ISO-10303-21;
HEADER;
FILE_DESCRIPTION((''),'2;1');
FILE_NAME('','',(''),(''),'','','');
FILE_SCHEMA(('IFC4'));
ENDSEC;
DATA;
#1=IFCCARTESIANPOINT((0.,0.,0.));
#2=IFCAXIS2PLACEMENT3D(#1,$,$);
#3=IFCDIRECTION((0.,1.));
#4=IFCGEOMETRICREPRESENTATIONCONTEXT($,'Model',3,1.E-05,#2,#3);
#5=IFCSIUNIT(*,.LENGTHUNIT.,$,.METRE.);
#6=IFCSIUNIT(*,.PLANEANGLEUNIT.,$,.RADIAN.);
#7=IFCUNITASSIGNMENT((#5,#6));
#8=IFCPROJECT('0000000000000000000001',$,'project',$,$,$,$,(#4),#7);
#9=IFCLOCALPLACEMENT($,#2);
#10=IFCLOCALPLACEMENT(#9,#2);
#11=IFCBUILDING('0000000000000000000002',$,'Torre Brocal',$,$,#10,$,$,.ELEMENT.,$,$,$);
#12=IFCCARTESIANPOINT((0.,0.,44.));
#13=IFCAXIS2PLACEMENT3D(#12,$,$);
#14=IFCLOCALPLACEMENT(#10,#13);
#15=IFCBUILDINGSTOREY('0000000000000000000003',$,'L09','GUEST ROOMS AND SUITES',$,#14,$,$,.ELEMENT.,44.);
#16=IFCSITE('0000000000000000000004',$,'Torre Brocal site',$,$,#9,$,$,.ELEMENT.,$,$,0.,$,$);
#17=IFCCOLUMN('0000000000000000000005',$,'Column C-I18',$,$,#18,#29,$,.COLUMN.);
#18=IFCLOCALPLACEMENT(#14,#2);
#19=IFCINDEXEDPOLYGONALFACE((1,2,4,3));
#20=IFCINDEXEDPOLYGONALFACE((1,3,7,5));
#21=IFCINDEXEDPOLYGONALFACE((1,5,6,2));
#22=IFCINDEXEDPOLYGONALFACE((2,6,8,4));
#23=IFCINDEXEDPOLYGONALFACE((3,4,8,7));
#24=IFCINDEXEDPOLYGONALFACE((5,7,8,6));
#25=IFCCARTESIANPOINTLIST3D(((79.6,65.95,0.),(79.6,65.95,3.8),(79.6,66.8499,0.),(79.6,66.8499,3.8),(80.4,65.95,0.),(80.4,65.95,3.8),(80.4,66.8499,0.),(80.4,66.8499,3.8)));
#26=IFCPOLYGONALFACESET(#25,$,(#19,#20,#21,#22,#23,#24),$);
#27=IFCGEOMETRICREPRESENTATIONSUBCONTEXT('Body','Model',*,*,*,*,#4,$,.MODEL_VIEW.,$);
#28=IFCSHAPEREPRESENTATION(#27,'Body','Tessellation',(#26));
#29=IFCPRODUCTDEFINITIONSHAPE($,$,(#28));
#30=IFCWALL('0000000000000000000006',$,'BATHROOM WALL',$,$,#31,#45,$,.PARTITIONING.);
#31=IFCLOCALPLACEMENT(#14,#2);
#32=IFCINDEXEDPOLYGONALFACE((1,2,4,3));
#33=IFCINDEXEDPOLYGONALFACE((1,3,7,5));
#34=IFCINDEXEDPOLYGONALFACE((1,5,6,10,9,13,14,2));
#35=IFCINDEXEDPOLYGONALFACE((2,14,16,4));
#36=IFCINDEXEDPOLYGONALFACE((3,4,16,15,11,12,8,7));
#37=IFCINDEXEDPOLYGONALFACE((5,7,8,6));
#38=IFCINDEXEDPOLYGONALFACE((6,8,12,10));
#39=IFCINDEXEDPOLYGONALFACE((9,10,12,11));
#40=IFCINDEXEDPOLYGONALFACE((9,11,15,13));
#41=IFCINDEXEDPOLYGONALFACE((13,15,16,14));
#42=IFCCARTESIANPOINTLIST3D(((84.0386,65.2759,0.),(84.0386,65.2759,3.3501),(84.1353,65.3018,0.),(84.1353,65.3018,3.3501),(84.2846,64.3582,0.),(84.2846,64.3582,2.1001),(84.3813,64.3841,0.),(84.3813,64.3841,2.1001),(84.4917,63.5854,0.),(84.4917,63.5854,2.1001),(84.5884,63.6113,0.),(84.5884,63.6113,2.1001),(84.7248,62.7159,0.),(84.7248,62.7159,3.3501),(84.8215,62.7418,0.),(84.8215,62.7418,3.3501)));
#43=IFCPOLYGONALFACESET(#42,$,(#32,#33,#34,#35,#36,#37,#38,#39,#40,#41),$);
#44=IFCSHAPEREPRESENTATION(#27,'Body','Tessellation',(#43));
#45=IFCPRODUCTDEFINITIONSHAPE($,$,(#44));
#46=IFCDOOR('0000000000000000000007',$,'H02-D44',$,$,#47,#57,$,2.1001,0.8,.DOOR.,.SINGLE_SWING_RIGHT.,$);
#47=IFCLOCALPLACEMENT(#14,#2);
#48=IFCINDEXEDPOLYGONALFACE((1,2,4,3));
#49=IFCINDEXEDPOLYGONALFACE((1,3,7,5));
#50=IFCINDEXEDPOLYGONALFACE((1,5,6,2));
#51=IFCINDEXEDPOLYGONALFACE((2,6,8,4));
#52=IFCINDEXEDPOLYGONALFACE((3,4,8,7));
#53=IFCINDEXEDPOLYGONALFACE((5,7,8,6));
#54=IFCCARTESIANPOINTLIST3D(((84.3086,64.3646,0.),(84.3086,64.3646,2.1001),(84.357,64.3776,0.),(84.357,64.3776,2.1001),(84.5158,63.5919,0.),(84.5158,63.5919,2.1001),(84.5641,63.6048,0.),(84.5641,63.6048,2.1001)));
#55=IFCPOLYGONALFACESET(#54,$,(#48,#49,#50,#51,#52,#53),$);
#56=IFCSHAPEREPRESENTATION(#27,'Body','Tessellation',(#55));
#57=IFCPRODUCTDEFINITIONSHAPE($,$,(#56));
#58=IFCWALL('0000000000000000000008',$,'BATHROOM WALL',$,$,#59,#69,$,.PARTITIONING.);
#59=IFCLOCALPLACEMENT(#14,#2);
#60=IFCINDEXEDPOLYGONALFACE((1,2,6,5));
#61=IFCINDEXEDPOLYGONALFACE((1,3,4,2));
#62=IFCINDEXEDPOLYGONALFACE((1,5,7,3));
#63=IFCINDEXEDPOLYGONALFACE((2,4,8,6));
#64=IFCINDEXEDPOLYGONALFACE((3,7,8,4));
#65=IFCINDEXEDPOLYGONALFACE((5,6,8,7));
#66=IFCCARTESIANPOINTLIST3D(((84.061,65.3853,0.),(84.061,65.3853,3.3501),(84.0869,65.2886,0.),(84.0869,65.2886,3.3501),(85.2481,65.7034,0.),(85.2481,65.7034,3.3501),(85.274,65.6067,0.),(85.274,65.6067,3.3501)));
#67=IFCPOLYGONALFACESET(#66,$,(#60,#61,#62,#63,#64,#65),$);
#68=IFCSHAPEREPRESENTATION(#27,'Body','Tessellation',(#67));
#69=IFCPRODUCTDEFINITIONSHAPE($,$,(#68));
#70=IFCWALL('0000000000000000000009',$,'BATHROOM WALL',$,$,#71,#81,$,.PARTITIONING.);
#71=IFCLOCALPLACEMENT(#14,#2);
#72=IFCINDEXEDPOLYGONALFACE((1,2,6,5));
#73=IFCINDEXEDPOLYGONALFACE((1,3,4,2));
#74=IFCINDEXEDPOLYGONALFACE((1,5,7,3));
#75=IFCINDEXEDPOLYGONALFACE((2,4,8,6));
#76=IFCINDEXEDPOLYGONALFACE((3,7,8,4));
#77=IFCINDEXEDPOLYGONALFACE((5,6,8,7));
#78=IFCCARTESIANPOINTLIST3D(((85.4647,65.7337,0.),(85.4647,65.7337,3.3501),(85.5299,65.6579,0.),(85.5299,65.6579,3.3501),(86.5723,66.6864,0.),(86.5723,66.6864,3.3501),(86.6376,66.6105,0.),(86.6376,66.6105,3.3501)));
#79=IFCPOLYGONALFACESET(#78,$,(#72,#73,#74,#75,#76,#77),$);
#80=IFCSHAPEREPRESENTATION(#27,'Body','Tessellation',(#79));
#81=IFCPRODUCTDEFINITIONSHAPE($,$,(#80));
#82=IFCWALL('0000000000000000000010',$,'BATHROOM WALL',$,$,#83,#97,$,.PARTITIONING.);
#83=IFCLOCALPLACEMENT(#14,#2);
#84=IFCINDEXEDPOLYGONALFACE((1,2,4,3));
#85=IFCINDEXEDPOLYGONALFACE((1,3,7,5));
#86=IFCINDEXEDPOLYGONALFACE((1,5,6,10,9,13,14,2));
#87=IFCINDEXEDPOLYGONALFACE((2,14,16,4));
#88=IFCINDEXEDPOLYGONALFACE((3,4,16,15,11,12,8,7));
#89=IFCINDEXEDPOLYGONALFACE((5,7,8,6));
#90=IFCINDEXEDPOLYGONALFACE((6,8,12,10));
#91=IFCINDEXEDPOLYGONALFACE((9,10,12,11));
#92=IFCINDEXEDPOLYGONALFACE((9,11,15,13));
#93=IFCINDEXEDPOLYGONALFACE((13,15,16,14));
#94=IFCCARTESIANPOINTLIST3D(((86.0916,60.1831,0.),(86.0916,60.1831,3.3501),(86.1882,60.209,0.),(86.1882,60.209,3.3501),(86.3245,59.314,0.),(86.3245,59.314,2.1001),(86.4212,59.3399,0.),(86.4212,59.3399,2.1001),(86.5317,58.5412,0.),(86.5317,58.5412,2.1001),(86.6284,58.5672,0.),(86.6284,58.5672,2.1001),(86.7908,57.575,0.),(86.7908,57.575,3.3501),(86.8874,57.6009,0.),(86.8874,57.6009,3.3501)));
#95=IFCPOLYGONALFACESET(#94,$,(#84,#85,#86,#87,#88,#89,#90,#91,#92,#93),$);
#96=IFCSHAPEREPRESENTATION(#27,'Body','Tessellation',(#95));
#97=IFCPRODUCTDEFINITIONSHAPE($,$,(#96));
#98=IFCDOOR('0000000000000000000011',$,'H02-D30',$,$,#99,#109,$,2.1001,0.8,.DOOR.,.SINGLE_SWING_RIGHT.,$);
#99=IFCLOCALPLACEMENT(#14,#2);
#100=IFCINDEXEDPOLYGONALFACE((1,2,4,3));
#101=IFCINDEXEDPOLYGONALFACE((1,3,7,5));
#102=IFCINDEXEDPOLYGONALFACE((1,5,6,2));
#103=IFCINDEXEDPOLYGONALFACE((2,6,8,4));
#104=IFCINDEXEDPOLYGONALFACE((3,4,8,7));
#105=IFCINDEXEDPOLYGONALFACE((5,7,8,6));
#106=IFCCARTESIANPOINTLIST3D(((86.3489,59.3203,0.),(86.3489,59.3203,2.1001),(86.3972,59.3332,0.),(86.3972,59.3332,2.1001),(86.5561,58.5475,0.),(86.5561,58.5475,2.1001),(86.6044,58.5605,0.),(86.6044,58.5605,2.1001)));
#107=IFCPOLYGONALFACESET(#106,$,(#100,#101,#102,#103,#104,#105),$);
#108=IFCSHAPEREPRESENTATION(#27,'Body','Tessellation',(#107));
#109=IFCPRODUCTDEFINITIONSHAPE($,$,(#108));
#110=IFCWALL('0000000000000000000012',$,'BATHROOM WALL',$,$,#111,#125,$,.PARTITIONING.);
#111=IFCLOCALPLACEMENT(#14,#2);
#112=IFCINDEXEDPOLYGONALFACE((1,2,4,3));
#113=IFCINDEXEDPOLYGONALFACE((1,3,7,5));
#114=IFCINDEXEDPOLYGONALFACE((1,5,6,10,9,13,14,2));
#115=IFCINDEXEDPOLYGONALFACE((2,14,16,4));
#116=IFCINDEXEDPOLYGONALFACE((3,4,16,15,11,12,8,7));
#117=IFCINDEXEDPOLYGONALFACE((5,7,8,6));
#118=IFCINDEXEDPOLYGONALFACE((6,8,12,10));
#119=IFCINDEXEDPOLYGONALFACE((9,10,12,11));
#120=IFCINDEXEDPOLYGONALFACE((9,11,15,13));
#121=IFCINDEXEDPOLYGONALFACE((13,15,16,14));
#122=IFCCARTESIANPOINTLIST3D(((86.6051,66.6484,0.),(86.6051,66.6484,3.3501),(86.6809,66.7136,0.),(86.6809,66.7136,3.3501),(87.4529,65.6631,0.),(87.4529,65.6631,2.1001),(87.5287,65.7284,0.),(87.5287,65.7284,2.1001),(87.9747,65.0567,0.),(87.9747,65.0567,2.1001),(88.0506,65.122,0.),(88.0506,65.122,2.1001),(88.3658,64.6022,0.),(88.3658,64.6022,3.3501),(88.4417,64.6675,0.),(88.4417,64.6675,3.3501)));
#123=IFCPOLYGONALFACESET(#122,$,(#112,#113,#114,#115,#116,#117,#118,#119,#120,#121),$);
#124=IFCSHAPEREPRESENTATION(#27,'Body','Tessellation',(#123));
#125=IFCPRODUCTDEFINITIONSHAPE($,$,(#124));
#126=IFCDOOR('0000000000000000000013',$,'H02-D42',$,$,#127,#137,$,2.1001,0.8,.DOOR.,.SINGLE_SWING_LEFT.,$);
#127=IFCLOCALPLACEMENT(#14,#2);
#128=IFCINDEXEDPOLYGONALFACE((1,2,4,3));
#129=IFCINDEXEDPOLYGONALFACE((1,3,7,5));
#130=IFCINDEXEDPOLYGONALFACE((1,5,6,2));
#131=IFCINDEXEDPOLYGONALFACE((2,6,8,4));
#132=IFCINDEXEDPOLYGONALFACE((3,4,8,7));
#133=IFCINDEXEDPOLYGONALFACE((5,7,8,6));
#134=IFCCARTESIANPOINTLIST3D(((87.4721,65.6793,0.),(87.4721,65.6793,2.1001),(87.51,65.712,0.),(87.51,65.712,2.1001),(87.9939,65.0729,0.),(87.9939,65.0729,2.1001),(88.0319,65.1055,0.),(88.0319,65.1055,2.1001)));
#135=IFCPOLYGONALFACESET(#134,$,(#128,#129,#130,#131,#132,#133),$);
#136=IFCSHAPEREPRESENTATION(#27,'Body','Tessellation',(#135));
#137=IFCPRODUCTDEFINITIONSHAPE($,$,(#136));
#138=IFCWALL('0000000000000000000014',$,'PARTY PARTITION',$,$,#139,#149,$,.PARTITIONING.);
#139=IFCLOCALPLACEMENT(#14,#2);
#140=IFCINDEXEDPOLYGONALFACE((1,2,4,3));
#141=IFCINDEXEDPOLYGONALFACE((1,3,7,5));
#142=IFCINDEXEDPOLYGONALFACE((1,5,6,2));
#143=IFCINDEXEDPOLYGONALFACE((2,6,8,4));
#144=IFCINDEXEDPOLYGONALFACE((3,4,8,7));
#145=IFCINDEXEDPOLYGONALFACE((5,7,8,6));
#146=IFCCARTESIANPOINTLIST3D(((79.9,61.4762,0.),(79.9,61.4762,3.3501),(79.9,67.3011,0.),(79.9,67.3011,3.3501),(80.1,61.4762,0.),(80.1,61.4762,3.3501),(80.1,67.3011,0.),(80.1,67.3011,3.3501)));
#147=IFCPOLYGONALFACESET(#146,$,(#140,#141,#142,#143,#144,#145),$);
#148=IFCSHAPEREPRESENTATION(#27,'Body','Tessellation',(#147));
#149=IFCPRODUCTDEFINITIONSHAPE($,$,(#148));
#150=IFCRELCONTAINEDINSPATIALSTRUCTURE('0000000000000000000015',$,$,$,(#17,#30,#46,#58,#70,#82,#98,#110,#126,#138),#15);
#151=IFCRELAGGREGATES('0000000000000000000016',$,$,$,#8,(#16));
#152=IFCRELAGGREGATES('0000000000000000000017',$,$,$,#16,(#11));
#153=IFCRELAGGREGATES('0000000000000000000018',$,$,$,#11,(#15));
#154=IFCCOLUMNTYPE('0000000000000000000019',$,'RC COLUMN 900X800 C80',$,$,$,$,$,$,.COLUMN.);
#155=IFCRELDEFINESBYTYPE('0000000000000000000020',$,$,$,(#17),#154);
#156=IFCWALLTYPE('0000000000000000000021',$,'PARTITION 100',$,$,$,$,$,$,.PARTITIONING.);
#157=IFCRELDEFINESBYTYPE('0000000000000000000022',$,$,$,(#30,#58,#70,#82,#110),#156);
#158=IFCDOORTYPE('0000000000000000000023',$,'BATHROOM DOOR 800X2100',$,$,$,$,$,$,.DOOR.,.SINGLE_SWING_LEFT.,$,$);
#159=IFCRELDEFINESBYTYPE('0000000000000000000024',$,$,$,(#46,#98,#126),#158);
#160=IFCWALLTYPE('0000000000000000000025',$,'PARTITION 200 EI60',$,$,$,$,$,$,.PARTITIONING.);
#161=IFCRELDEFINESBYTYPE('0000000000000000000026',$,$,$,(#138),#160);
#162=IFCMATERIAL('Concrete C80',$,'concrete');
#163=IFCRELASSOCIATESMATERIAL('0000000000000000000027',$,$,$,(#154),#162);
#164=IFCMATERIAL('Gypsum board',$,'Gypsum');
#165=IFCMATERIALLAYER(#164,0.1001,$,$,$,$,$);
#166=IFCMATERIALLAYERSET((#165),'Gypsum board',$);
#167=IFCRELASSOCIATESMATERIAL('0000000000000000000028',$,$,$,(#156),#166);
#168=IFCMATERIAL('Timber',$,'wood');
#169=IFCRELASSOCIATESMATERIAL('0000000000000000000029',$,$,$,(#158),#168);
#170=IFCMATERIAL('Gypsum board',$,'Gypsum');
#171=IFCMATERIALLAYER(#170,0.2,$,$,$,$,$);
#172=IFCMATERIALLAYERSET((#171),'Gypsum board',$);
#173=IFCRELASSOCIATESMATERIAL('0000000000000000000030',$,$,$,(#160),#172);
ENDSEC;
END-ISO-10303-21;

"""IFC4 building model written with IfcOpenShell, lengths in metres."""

from ifc_helpers import new_model, si_unit, direction, frame, frame_2d, origin, origin_2d, place, context, subcontext, project, spatial, rectangle, extrude, material, layer, layer_set, material_profile, profile_set, type_object, element, fill, save


model = new_model("IFC4")

# Units and contexts
model_context = context("Model", 3, precision=1e-05, world=origin(), true_north=direction((0.0, 1.0)))
body_context = subcontext(model_context, "Body", "Model", "MODEL_VIEW")
ifc_project = project(units=[si_unit("LENGTHUNIT", "METRE"), si_unit("PLANEANGLEUNIT", "RADIAN")], contexts=[model_context])

# Site, building, storey
site_placement = place(None, origin())
site = spatial("IfcSite", under=ifc_project, at=site_placement, Name="Torre Brocal site", CompositionType="ELEMENT", RefElevation=0.0)
building_placement = place(site_placement, origin())
building = spatial("IfcBuilding", under=site, at=building_placement, Name="Torre Brocal", CompositionType="ELEMENT")
storey_placement = place(building_placement, frame((0.0, 0.0, 44.0)))
storey = spatial("IfcBuildingStorey", under=building, at=storey_placement, Name="L09", Description="GUEST ROOMS AND SUITES", CompositionType="ELEMENT", Elevation=44.0)

# Column
ifc_material_1 = material(Name="Concrete C80", Category="concrete")
ifc_material_profile = material_profile(ifc_material_1, rectangle(XDim=0.8999, YDim=0.8, at=origin_2d()), Name="RC 900X800")
ifc_profile_set = profile_set([ifc_material_profile], Name="Concrete C80")
column_type = type_object("IfcColumnType", Name="RC COLUMN 900X800 C80", PredefinedType="COLUMN", material=ifc_profile_set)
column_placement = place(storey_placement, frame((80.0, 66.3999, 0.0), z_axis=(0.0, 0.0, 1.0), x_axis=(0.0, -1.0, 0.0)))
element("IfcColumn", 1, at=column_placement, inside=storey, type_object=column_type, Name="Column C-I18", PredefinedType="COLUMN", context=body_context, shape_type="SweptSolid", body=[
    extrude(rectangle(XDim=0.8999, YDim=0.8, at=origin_2d()), origin(), (0.0, 0.0, 1.0), 3.8),
])

# Wall, opening, door
ifc_material_2 = material(Name="Gypsum board", Category="Gypsum")
ifc_layer_1 = layer(ifc_material_2, 0.1001)
ifc_layer_set_1 = layer_set([ifc_layer_1], Name="Gypsum board")
wall_type_1 = type_object("IfcWallType", Name="PARTITION 100", PredefinedType="PARTITIONING", material=ifc_layer_set_1)
wall_1_placement = place(storey_placement, frame((84.0869, 65.2888, 0.0), z_axis=(0.0, 0.0, 1.0), x_axis=(0.258929, -0.965896, 0.0)))
wall_1 = element("IfcWall", 2, at=wall_1_placement, inside=storey, type_object=wall_type_1, Name="BATHROOM WALL", PredefinedType="PARTITIONING", context=body_context, shape_type="SweptSolid", body=[
    extrude(rectangle(XDim=2.6504, YDim=0.1001, at=frame_2d((1.3252, 0.0))), origin(), (0.0, 0.0, 1.0), 3.3501),
])
opening_1_placement = place(wall_1_placement, frame((0.9502, 0.0, 0.0)))
opening_1 = element("IfcOpeningElement", 3, at=opening_1_placement, cuts=wall_1, PredefinedType="OPENING", context=body_context, shape_type="SweptSolid", body=[
    extrude(rectangle(XDim=0.8, YDim=2.1001, at=frame_2d((0.3999, 1.05))), frame((0.0, 0.0601, 0.0), z_axis=(0.0, -1.0, 0.0), x_axis=(1.0, 0.0, 0.0)), (0.0, 0.0, 1.0), 0.1201),
])
ifc_material_3 = material(Name="Timber", Category="wood")
door_type_1 = type_object("IfcDoorType", Name="BATHROOM DOOR 800X2100", OperationType="SINGLE_SWING_LEFT", PredefinedType="DOOR", material=ifc_material_3)
door_1_placement = place(opening_1_placement, origin())
door_1 = element("IfcDoor", 4, at=door_1_placement, inside=storey, type_object=door_type_1, Name="H02-D44", OperationType="SINGLE_SWING_RIGHT", OverallHeight=2.1001, OverallWidth=0.8, PredefinedType="DOOR", context=body_context, shape_type="SweptSolid", body=[
    extrude(rectangle(XDim=0.8, YDim=2.1001, at=frame_2d((0.3999, 1.05))), frame((0.0, 0.0249, 0.0), z_axis=(0.0, -1.0, 0.0), x_axis=(1.0, 0.0, 0.0)), (0.0, 0.0, 1.0), 0.05),
])
fill(opening_1, door_1)

# Walls
wall_2_placement = place(storey_placement, frame((84.074, 65.3369, 0.0), z_axis=(0.0, 0.0, 1.0), x_axis=(0.965914, 0.258862, 0.0)))
element("IfcWall", 5, at=wall_2_placement, inside=storey, type_object=wall_type_1, Name="BATHROOM WALL", PredefinedType="PARTITIONING", context=body_context, shape_type="SweptSolid", body=[
    extrude(rectangle(XDim=1.229, YDim=0.1001, at=frame_2d((0.6145, 0.0))), origin(), (0.0, 0.0, 1.0), 3.3501),
])
wall_3_placement = place(storey_placement, frame((85.4973, 65.6958, 0.0), z_axis=(0.0, 0.0, 1.0), x_axis=(0.75817, 0.652057, 0.0)))
element("IfcWall", 6, at=wall_3_placement, inside=storey, type_object=wall_type_1, Name="BATHROOM WALL", PredefinedType="PARTITIONING", context=body_context, shape_type="SweptSolid", body=[
    extrude(rectangle(XDim=1.4609, YDim=0.1001, at=frame_2d((0.7305, 0.0))), origin(), (0.0, 0.0, 1.0), 3.3501),
])

# Walls, openings, doors
wall_4_placement = place(storey_placement, frame((86.1399, 60.196, 0.0), z_axis=(0.0, 0.0, 1.0), x_axis=(0.258945, -0.965892, 0.0)))
wall_4 = element("IfcWall", 7, at=wall_4_placement, inside=storey, type_object=wall_type_1, Name="BATHROOM WALL", PredefinedType="PARTITIONING", context=body_context, shape_type="SweptSolid", body=[
    extrude(rectangle(XDim=2.7002, YDim=0.1001, at=frame_2d((1.3501, 0.0))), origin(), (0.0, 0.0, 1.0), 3.3501),
])
opening_2_placement = place(wall_4_placement, frame((0.8999, 0.0, 0.0)))
opening_2 = element("IfcOpeningElement", 8, at=opening_2_placement, cuts=wall_4, PredefinedType="OPENING", context=body_context, shape_type="SweptSolid", body=[
    extrude(rectangle(XDim=0.8, YDim=2.1001, at=frame_2d((0.3999, 1.05))), frame((0.0, 0.0601, 0.0), z_axis=(0.0, -1.0, 0.0), x_axis=(1.0, 0.0, 0.0)), (0.0, 0.0, 1.0), 0.1201),
])
door_2_placement = place(opening_2_placement, frame((0.8, 0.0, 0.0), z_axis=(0.0, 0.0, 1.0), x_axis=(-1.0, 0.0, 0.0)))
door_2 = element("IfcDoor", 9, at=door_2_placement, inside=storey, type_object=door_type_1, Name="H02-D30", OperationType="SINGLE_SWING_RIGHT", OverallHeight=2.1001, OverallWidth=0.8, PredefinedType="DOOR", context=body_context, shape_type="SweptSolid", body=[
    extrude(rectangle(XDim=0.8, YDim=2.1001, at=frame_2d((0.3999, 1.05))), frame((0.0, 0.0249, 0.0), z_axis=(0.0, -1.0, 0.0), x_axis=(1.0, 0.0, 0.0)), (0.0, 0.0, 1.0), 0.05),
])
fill(opening_2, door_2)
wall_5_placement = place(storey_placement, frame((86.6431, 66.6809, 0.0), z_axis=(0.0, 0.0, 1.0), x_axis=(0.652265, -0.757991, 0.0)))
wall_5 = element("IfcWall", 10, at=wall_5_placement, inside=storey, type_object=wall_type_1, Name="BATHROOM WALL", PredefinedType="PARTITIONING", context=body_context, shape_type="SweptSolid", body=[
    extrude(rectangle(XDim=2.6995, YDim=0.1001, at=frame_2d((1.3496, 0.0))), origin(), (0.0, 0.0, 1.0), 3.3501),
])
opening_3_placement = place(wall_5_placement, frame((1.2998, 0.0, 0.0)))
opening_3 = element("IfcOpeningElement", 11, at=opening_3_placement, cuts=wall_5, PredefinedType="OPENING", context=body_context, shape_type="SweptSolid", body=[
    extrude(rectangle(XDim=0.8, YDim=2.1001, at=frame_2d((0.3999, 1.05))), frame((0.0, 0.0601, 0.0), z_axis=(0.0, -1.0, 0.0), x_axis=(1.0, 0.0, 0.0)), (0.0, 0.0, 1.0), 0.1201),
])
door_3_placement = place(opening_3_placement, frame((0.8, 0.0, 0.0), z_axis=(0.0, 0.0, 1.0), x_axis=(-1.0, 0.0, 0.0)))
door_3 = element("IfcDoor", 12, at=door_3_placement, inside=storey, type_object=door_type_1, Name="H02-D42", OperationType="SINGLE_SWING_LEFT", OverallHeight=2.1001, OverallWidth=0.8, PredefinedType="DOOR", context=body_context, shape_type="SweptSolid", body=[
    extrude(rectangle(XDim=0.8, YDim=2.1001, at=frame_2d((0.3999, 1.05))), frame((0.0, 0.0249, 0.0), z_axis=(0.0, -1.0, 0.0), x_axis=(1.0, 0.0, 0.0)), (0.0, 0.0, 1.0), 0.05),
])
fill(opening_3, door_3)

# Wall
ifc_material_4 = material(Name="Gypsum board", Category="Gypsum")
ifc_layer_2 = layer(ifc_material_4, 0.2)
ifc_layer_set_2 = layer_set([ifc_layer_2], Name="Gypsum board")
wall_type_2 = type_object("IfcWallType", Name="PARTITION 200 EI60", PredefinedType="PARTITIONING", material=ifc_layer_set_2)
wall_6_placement = place(storey_placement, frame((80.0, 61.4761, 0.0), z_axis=(0.0, 0.0, 1.0), x_axis=(0.0, 1.0, 0.0)))
element("IfcWall", 13, at=wall_6_placement, inside=storey, type_object=wall_type_2, Name="PARTY PARTITION", PredefinedType="PARTITIONING", context=body_context, shape_type="SweptSolid", body=[
    extrude(rectangle(XDim=5.825, YDim=0.2, at=frame_2d((2.9126, 0.0))), origin(), (0.0, 0.0, 1.0), 3.3501),
])

save(model, "model.ifc")
